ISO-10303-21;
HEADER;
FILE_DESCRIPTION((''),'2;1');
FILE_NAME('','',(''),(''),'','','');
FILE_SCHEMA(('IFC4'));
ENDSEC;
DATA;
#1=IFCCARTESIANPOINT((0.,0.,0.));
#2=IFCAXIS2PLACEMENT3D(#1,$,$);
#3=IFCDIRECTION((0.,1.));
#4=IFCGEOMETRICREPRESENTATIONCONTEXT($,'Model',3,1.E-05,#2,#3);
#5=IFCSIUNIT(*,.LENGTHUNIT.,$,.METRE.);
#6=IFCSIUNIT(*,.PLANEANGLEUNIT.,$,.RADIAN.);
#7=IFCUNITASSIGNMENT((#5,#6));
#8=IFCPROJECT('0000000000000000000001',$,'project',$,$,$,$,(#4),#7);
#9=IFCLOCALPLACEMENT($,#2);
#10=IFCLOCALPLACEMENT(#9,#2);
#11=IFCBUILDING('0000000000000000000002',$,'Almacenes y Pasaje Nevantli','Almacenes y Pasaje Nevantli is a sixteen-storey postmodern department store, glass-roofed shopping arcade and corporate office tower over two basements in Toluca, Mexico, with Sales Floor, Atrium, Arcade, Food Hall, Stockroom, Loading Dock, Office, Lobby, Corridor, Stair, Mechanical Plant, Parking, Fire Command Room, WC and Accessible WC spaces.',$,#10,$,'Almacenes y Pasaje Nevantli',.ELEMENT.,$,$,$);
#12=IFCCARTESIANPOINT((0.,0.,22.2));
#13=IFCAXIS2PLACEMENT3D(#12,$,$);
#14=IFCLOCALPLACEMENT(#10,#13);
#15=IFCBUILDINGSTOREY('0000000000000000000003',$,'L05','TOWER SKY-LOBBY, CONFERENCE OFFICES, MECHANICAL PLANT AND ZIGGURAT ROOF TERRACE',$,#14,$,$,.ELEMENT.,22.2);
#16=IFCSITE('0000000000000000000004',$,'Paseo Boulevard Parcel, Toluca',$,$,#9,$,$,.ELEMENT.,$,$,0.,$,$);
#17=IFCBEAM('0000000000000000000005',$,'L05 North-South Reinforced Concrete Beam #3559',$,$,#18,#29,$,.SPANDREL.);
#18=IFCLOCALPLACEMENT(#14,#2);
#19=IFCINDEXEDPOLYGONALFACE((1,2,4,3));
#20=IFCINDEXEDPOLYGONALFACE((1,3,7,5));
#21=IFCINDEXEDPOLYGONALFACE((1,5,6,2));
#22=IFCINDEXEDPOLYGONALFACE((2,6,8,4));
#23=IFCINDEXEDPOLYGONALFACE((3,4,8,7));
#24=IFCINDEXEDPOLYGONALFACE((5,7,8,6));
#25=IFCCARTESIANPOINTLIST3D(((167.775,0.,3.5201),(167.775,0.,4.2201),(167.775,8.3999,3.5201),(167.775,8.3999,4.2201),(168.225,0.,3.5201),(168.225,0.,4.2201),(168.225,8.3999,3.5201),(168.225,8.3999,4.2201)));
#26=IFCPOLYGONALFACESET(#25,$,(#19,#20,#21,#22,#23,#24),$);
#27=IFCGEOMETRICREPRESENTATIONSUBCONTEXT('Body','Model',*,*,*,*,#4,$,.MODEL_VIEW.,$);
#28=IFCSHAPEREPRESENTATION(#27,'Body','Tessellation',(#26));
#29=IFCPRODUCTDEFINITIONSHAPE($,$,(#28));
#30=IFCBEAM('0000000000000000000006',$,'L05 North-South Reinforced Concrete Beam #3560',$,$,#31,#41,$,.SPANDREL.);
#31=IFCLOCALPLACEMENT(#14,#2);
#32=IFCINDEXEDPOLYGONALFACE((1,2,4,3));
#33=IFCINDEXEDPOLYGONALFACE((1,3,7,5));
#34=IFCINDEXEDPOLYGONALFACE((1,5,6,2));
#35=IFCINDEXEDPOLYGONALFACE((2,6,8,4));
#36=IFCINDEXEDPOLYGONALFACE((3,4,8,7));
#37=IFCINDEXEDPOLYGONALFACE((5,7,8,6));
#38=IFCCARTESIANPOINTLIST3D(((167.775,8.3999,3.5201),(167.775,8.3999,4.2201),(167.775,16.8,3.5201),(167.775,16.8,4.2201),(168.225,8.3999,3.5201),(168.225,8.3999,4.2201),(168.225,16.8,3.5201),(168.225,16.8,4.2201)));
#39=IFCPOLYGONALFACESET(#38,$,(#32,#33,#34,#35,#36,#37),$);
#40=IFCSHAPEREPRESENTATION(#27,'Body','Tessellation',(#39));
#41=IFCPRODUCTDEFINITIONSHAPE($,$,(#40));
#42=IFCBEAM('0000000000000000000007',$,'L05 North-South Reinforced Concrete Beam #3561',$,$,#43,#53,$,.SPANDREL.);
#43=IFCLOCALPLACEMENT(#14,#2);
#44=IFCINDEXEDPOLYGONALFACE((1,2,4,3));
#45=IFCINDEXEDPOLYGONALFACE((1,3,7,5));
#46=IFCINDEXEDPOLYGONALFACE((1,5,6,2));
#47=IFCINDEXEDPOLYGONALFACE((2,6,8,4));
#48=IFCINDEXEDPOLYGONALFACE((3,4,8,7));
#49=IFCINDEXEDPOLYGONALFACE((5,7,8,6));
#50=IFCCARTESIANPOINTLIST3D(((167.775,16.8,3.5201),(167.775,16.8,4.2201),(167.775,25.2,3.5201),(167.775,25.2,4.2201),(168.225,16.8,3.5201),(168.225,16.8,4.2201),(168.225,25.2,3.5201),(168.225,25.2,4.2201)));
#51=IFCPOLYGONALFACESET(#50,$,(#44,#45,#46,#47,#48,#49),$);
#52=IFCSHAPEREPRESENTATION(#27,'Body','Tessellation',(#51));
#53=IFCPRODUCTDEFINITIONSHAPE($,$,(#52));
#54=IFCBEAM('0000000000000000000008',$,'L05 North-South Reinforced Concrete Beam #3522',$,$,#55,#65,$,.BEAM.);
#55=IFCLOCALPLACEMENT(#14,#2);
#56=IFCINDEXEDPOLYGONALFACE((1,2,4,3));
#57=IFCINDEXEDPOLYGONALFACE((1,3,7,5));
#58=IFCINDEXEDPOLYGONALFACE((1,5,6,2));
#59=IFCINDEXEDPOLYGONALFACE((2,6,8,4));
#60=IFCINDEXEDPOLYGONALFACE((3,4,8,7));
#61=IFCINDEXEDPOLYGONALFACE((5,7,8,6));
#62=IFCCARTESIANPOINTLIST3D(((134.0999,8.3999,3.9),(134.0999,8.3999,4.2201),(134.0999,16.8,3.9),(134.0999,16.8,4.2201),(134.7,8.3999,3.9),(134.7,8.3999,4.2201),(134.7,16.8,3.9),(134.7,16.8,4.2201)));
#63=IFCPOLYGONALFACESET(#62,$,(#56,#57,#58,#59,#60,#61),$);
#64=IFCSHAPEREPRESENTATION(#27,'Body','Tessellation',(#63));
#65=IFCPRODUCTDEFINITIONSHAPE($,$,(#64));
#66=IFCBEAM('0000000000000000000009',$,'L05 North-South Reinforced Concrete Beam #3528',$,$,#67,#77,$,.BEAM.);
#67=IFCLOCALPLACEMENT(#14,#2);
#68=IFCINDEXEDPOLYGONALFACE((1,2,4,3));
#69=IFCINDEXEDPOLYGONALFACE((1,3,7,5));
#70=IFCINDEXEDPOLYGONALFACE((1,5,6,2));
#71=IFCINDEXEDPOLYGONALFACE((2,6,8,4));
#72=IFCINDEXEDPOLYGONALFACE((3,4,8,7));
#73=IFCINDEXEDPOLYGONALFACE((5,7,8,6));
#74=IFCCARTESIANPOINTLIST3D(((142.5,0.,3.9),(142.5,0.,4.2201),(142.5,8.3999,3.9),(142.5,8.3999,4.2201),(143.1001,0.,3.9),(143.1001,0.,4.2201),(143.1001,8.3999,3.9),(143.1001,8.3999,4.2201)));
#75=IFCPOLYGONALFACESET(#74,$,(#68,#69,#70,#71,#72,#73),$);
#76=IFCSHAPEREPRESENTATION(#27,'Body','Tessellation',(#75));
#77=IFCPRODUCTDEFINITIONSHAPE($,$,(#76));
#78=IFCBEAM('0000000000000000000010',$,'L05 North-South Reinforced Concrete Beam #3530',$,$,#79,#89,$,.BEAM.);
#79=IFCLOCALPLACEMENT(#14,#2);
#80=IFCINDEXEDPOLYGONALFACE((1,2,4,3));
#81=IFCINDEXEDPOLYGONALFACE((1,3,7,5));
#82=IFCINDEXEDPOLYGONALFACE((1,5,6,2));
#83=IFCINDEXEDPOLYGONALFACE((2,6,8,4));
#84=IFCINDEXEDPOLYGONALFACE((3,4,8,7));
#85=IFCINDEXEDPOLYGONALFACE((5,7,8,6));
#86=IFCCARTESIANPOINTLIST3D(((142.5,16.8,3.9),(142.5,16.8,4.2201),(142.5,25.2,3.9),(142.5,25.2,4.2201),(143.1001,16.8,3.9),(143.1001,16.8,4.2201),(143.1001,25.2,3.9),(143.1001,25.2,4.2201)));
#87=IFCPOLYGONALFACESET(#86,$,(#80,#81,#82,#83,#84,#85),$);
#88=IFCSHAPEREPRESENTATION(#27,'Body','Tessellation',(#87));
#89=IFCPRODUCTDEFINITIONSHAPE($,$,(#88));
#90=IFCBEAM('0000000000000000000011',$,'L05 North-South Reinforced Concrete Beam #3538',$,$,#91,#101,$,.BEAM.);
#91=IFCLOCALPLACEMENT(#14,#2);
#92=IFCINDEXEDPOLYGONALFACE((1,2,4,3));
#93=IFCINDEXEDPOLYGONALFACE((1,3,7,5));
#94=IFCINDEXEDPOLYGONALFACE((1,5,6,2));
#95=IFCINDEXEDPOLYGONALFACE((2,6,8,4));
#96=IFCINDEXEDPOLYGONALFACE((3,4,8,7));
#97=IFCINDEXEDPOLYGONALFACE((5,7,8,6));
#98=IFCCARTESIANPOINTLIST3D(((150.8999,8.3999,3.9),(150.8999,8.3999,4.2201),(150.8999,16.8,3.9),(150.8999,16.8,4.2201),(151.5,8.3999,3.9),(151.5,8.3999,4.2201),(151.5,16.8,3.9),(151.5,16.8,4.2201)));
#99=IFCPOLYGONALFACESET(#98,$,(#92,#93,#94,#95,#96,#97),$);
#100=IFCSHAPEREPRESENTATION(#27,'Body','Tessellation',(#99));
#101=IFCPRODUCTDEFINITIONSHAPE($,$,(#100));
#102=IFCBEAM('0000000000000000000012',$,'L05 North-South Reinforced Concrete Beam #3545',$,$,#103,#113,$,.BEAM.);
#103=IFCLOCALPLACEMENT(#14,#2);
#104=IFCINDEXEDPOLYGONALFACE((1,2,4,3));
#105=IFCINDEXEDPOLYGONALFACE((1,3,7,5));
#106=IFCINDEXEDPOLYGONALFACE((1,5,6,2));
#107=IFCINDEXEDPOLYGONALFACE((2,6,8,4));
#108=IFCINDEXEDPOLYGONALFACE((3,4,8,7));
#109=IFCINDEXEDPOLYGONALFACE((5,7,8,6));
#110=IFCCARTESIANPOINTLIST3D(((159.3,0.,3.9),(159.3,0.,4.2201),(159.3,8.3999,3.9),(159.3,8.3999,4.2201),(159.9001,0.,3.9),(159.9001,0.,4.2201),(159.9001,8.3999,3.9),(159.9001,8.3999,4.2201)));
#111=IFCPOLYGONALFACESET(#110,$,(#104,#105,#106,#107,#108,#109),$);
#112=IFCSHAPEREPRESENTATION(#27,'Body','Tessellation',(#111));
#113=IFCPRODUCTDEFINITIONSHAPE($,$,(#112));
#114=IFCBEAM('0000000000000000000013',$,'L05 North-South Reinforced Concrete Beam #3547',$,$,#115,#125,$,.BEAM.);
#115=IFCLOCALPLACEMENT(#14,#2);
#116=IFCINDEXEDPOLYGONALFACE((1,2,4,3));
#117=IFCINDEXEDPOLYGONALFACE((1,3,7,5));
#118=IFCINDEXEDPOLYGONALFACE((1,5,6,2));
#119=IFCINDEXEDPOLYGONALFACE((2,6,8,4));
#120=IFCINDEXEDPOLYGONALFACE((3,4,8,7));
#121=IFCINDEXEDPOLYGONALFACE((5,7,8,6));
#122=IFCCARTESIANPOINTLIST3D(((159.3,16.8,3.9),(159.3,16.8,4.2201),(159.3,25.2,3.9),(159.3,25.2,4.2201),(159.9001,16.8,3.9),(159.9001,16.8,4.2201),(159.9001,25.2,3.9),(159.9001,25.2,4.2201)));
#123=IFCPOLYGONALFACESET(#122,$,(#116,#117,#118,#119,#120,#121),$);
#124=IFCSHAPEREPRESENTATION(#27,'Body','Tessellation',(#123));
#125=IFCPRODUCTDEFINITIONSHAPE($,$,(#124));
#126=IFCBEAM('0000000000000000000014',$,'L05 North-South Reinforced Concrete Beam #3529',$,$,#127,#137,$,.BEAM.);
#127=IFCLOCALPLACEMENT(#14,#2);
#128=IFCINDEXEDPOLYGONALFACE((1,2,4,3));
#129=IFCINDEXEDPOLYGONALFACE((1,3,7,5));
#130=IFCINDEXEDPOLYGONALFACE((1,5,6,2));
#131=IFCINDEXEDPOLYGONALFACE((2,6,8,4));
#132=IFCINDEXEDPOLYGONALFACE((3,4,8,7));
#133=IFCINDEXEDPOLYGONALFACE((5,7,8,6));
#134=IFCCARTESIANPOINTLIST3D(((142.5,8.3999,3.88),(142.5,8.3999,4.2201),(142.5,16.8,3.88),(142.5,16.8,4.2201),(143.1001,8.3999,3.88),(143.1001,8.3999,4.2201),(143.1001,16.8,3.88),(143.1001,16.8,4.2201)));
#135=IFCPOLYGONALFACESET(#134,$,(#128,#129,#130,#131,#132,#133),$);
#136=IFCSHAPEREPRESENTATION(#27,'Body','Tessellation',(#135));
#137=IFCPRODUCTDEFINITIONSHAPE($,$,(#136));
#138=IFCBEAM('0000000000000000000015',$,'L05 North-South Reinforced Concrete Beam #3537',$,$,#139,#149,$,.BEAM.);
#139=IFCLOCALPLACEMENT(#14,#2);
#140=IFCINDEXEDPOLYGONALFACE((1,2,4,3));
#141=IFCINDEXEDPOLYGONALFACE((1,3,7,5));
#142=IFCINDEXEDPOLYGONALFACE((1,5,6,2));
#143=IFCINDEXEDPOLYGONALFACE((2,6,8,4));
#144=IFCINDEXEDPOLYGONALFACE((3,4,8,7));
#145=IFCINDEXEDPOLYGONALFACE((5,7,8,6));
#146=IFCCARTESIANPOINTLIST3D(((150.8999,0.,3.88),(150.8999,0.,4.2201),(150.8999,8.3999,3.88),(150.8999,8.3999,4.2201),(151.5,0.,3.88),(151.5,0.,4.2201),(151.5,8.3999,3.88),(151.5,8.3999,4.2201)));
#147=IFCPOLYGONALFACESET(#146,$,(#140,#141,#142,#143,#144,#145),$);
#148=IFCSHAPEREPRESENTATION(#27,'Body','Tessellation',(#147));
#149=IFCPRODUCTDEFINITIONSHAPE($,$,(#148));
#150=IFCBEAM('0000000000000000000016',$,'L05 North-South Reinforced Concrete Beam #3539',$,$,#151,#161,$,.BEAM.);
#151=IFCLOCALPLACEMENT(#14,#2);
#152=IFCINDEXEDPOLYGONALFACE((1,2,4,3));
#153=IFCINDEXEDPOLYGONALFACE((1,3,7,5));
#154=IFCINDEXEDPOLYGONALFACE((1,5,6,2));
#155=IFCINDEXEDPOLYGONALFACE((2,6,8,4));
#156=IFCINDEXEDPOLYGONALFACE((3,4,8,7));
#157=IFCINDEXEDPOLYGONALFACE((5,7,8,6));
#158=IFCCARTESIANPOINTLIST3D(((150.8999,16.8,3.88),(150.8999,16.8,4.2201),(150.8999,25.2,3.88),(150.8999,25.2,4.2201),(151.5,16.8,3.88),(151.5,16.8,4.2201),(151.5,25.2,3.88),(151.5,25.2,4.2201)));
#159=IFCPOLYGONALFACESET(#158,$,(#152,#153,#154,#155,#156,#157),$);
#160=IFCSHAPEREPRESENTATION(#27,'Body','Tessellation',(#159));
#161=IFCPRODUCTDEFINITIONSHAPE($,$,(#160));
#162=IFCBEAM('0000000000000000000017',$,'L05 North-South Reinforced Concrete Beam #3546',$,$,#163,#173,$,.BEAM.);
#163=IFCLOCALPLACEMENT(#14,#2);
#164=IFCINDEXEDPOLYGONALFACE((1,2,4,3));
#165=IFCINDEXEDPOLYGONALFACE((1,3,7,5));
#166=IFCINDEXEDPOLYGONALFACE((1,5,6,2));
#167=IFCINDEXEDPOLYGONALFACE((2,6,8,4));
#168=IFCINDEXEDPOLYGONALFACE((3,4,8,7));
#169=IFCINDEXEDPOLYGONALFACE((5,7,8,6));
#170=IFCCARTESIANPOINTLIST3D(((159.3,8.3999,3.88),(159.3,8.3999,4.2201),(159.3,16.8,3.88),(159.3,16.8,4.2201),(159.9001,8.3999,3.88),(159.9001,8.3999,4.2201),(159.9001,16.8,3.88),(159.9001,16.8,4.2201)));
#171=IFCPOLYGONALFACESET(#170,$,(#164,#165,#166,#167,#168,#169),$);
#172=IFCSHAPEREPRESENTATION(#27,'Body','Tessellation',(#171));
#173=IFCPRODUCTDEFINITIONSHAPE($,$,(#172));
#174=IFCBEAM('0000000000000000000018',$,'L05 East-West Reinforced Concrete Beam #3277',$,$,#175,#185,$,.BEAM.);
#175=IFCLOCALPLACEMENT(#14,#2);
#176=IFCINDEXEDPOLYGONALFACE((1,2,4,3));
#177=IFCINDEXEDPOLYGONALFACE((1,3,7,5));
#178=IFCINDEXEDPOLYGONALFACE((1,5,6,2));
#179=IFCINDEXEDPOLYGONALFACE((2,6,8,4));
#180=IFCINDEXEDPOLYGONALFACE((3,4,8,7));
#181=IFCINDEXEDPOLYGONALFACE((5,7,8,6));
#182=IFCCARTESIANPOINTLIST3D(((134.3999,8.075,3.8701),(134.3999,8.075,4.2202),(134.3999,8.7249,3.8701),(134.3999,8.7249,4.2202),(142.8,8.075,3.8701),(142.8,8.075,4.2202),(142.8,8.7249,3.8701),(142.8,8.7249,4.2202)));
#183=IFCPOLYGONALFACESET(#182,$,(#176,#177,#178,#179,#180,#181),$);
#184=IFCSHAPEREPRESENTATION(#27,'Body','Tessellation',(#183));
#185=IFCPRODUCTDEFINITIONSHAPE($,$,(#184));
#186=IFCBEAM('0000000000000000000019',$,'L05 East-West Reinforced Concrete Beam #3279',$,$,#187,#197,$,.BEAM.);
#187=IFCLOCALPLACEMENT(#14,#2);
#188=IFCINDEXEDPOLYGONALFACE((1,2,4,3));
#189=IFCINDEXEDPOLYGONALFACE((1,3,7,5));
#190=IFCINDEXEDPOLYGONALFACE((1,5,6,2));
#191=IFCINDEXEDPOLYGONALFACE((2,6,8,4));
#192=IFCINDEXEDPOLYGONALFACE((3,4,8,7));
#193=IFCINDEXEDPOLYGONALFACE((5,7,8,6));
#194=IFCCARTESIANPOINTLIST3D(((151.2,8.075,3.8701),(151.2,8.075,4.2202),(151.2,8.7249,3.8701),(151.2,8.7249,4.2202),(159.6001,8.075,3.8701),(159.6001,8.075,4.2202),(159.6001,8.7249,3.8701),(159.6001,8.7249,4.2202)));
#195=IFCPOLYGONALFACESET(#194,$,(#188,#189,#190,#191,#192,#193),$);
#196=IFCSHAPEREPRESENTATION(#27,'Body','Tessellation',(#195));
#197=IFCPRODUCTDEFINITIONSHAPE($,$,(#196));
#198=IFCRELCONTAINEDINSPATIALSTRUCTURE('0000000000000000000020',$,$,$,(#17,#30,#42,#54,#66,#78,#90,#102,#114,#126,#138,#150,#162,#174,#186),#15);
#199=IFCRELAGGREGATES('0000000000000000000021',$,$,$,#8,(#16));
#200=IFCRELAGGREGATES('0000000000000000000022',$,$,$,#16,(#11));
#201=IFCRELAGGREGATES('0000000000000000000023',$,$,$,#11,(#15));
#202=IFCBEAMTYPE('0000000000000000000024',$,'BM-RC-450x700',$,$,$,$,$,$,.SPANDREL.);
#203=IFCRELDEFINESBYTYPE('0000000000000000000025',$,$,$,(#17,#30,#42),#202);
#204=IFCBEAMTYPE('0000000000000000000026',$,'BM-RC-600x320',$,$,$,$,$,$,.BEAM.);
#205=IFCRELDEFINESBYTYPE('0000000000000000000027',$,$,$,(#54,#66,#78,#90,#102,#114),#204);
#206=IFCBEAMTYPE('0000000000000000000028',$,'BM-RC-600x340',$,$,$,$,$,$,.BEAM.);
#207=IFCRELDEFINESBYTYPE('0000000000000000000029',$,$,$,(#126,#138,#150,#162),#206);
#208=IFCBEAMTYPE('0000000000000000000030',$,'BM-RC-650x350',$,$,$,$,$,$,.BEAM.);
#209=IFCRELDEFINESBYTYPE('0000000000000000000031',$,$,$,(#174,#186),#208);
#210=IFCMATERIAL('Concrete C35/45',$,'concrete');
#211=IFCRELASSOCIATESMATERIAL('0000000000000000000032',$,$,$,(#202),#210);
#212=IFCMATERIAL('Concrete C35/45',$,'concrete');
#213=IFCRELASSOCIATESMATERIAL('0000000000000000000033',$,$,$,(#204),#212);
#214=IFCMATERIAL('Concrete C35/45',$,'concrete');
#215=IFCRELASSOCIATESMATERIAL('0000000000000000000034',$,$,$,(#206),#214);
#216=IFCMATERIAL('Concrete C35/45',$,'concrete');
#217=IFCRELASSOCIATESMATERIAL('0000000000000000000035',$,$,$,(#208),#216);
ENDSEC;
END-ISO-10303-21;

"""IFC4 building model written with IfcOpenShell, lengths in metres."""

from ifc_helpers import new_model, si_unit, direction, frame, origin, origin_2d, place, context, subcontext, project, spatial, rectangle, extrude, material, material_profile, profile_set, type_object, element, save


model = new_model("IFC4")

# Units and contexts
model_context = context("Model", 3, precision=1e-05, world=origin(), true_north=direction((0.0, 1.0)))
body_context = subcontext(model_context, "Body", "Model", "MODEL_VIEW")
ifc_project = project(units=[si_unit("LENGTHUNIT", "METRE"), si_unit("PLANEANGLEUNIT", "RADIAN")], contexts=[model_context])

# Site, building, storey
site_placement = place(None, origin())
site = spatial("IfcSite", under=ifc_project, at=site_placement, Name="Paseo Boulevard Parcel, Toluca", CompositionType="ELEMENT", RefElevation=0.0)
building_placement = place(site_placement, origin())
building = spatial("IfcBuilding", under=site, at=building_placement, Name="Almacenes y Pasaje Nevantli", Description="Almacenes y Pasaje Nevantli is a sixteen-storey postmodern department store, glass-roofed shopping arcade and corporate office tower over two basements in Toluca, Mexico, with Sales Floor, Atrium, Arcade, Food Hall, Stockroom, Loading Dock, Office, Lobby, Corridor, Stair, Mechanical Plant, Parking, Fire Command Room, WC and Accessible WC spaces.", LongName="Almacenes y Pasaje Nevantli", CompositionType="ELEMENT")
storey_placement = place(building_placement, frame((0.0, 0.0, 22.2)))
storey = spatial("IfcBuildingStorey", under=building, at=storey_placement, Name="L05", Description="TOWER SKY-LOBBY, CONFERENCE OFFICES, MECHANICAL PLANT AND ZIGGURAT ROOF TERRACE", CompositionType="ELEMENT", Elevation=22.2)

# Beams
ifc_material_1 = material(Name="Concrete C35/45", Category="concrete")
ifc_material_profile_1 = material_profile(ifc_material_1, rectangle(XDim=0.45, YDim=0.7, at=origin_2d()), Name="RC-BM-450x700")
ifc_profile_set_1 = profile_set([ifc_material_profile_1], Name="Concrete C35/45")
beam_type_1 = type_object("IfcBeamType", Name="BM-RC-450x700", PredefinedType="SPANDREL", material=ifc_profile_set_1)
beam_1_placement = place(storey_placement, frame((168.0, 0.0, 3.8701), z_axis=(0.0, 1.0, 0.0), x_axis=(-1.0, 0.0, 0.0)))
element("IfcBeam", 1, at=beam_1_placement, inside=storey, type_object=beam_type_1, Name="L05 North-South Reinforced Concrete Beam #3559", PredefinedType="SPANDREL", context=body_context, shape_type="SweptSolid", body=[
    extrude(rectangle(XDim=0.45, YDim=0.7, at=origin_2d()), origin(), (0.0, 0.0, 1.0), 8.3999),
])
beam_2_placement = place(storey_placement, frame((168.0, 8.3999, 3.8701), z_axis=(0.0, 1.0, 0.0), x_axis=(-1.0, 0.0, 0.0)))
element("IfcBeam", 2, at=beam_2_placement, inside=storey, type_object=beam_type_1, Name="L05 North-South Reinforced Concrete Beam #3560", PredefinedType="SPANDREL", context=body_context, shape_type="SweptSolid", body=[
    extrude(rectangle(XDim=0.45, YDim=0.7, at=origin_2d()), origin(), (0.0, 0.0, 1.0), 8.4001),
])
beam_3_placement = place(storey_placement, frame((168.0, 16.8, 3.8701), z_axis=(0.0, 1.0, 0.0), x_axis=(-1.0, 0.0, 0.0)))
element("IfcBeam", 3, at=beam_3_placement, inside=storey, type_object=beam_type_1, Name="L05 North-South Reinforced Concrete Beam #3561", PredefinedType="SPANDREL", context=body_context, shape_type="SweptSolid", body=[
    extrude(rectangle(XDim=0.45, YDim=0.7, at=origin_2d()), origin(), (0.0, 0.0, 1.0), 8.3999),
])
ifc_material_2 = material(Name="Concrete C35/45", Category="concrete")
ifc_material_profile_2 = material_profile(ifc_material_2, rectangle(XDim=0.6001, YDim=0.3201, at=origin_2d()), Name="RC-BM-600x320")
ifc_profile_set_2 = profile_set([ifc_material_profile_2], Name="Concrete C35/45")
beam_type_2 = type_object("IfcBeamType", Name="BM-RC-600x320", PredefinedType="BEAM", material=ifc_profile_set_2)
beam_4_placement = place(storey_placement, frame((134.3999, 8.3999, 4.0601), z_axis=(0.0, 1.0, 0.0), x_axis=(-1.0, 0.0, 0.0)))
element("IfcBeam", 4, at=beam_4_placement, inside=storey, type_object=beam_type_2, Name="L05 North-South Reinforced Concrete Beam #3522", PredefinedType="BEAM", context=body_context, shape_type="SweptSolid", body=[
    extrude(rectangle(XDim=0.6001, YDim=0.3201, at=origin_2d()), origin(), (0.0, 0.0, 1.0), 8.4001),
])
for number, where, z_axis, x_axis, name in (
    (5, (142.8, 0.0, 4.0601), (0.0, 1.0, 0.0), (-1.0, 0.0, 0.0), "L05 North-South Reinforced Concrete Beam #3528"),
    (6, (142.8, 16.8, 4.0601), (0.0, 1.0, 0.0), (-1.0, 0.0, 0.0), "L05 North-South Reinforced Concrete Beam #3530"),
):
    element("IfcBeam", number, at=place(storey_placement, frame(where, z_axis=z_axis, x_axis=x_axis)), inside=storey, type_object=beam_type_2, Name=name, PredefinedType="BEAM", context=body_context, shape_type="SweptSolid", body=[
        extrude(rectangle(XDim=0.6001, YDim=0.3201, at=origin_2d()), origin(), (0.0, 0.0, 1.0), 8.3999),
    ])
beam_5_placement = place(storey_placement, frame((151.2, 8.3999, 4.0601), z_axis=(0.0, 1.0, 0.0), x_axis=(-1.0, 0.0, 0.0)))
element("IfcBeam", 7, at=beam_5_placement, inside=storey, type_object=beam_type_2, Name="L05 North-South Reinforced Concrete Beam #3538", PredefinedType="BEAM", context=body_context, shape_type="SweptSolid", body=[
    extrude(rectangle(XDim=0.6001, YDim=0.3201, at=origin_2d()), origin(), (0.0, 0.0, 1.0), 8.4001),
])
for number, where, z_axis, x_axis, name in (
    (8, (159.6001, 0.0, 4.0601), (0.0, 1.0, 0.0), (-1.0, 0.0, 0.0), "L05 North-South Reinforced Concrete Beam #3545"),
    (9, (159.6001, 16.8, 4.0601), (0.0, 1.0, 0.0), (-1.0, 0.0, 0.0), "L05 North-South Reinforced Concrete Beam #3547"),
):
    element("IfcBeam", number, at=place(storey_placement, frame(where, z_axis=z_axis, x_axis=x_axis)), inside=storey, type_object=beam_type_2, Name=name, PredefinedType="BEAM", context=body_context, shape_type="SweptSolid", body=[
        extrude(rectangle(XDim=0.6001, YDim=0.3201, at=origin_2d()), origin(), (0.0, 0.0, 1.0), 8.3999),
    ])
ifc_material_3 = material(Name="Concrete C35/45", Category="concrete")
ifc_material_profile_3 = material_profile(ifc_material_3, rectangle(XDim=0.6001, YDim=0.3401, at=origin_2d()), Name="RC-BM-600x340")
ifc_profile_set_3 = profile_set([ifc_material_profile_3], Name="Concrete C35/45")
beam_type_3 = type_object("IfcBeamType", Name="BM-RC-600x340", PredefinedType="BEAM", material=ifc_profile_set_3)
beam_6_placement = place(storey_placement, frame((142.8, 8.3999, 4.05), z_axis=(0.0, 1.0, 0.0), x_axis=(-1.0, 0.0, 0.0)))
element("IfcBeam", 10, at=beam_6_placement, inside=storey, type_object=beam_type_3, Name="L05 North-South Reinforced Concrete Beam #3529", PredefinedType="BEAM", context=body_context, shape_type="SweptSolid", body=[
    extrude(rectangle(XDim=0.6001, YDim=0.3401, at=origin_2d()), origin(), (0.0, 0.0, 1.0), 8.4001),
])
for number, where, z_axis, x_axis, name in (
    (11, (151.2, 0.0, 4.05), (0.0, 1.0, 0.0), (-1.0, 0.0, 0.0), "L05 North-South Reinforced Concrete Beam #3537"),
    (12, (151.2, 16.8, 4.05), (0.0, 1.0, 0.0), (-1.0, 0.0, 0.0), "L05 North-South Reinforced Concrete Beam #3539"),
):
    element("IfcBeam", number, at=place(storey_placement, frame(where, z_axis=z_axis, x_axis=x_axis)), inside=storey, type_object=beam_type_3, Name=name, PredefinedType="BEAM", context=body_context, shape_type="SweptSolid", body=[
        extrude(rectangle(XDim=0.6001, YDim=0.3401, at=origin_2d()), origin(), (0.0, 0.0, 1.0), 8.3999),
    ])
beam_7_placement = place(storey_placement, frame((159.6001, 8.3999, 4.05), z_axis=(0.0, 1.0, 0.0), x_axis=(-1.0, 0.0, 0.0)))
element("IfcBeam", 13, at=beam_7_placement, inside=storey, type_object=beam_type_3, Name="L05 North-South Reinforced Concrete Beam #3546", PredefinedType="BEAM", context=body_context, shape_type="SweptSolid", body=[
    extrude(rectangle(XDim=0.6001, YDim=0.3401, at=origin_2d()), origin(), (0.0, 0.0, 1.0), 8.4001),
])
ifc_material_4 = material(Name="Concrete C35/45", Category="concrete")
ifc_material_profile_4 = material_profile(ifc_material_4, rectangle(XDim=0.6499, YDim=0.3501, at=origin_2d()), Name="RC-BM-650x350")
ifc_profile_set_4 = profile_set([ifc_material_profile_4], Name="Concrete C35/45")
beam_type_4 = type_object("IfcBeamType", Name="BM-RC-650x350", PredefinedType="BEAM", material=ifc_profile_set_4)
for number, where, z_axis, x_axis, name in (
    (14, (134.3999, 8.3999, 4.0452), (1.0, 0.0, 0.0), (0.0, 1.0, 0.0), "L05 East-West Reinforced Concrete Beam #3277"),
    (15, (151.2, 8.3999, 4.0452), (1.0, 0.0, 0.0), (0.0, 1.0, 0.0), "L05 East-West Reinforced Concrete Beam #3279"),
):
    element("IfcBeam", number, at=place(storey_placement, frame(where, z_axis=z_axis, x_axis=x_axis)), inside=storey, type_object=beam_type_4, Name=name, PredefinedType="BEAM", context=body_context, shape_type="SweptSolid", body=[
        extrude(rectangle(XDim=0.6499, YDim=0.3501, at=origin_2d()), origin(), (0.0, 0.0, 1.0), 8.4001),
    ])

save(model, "model.ifc")
